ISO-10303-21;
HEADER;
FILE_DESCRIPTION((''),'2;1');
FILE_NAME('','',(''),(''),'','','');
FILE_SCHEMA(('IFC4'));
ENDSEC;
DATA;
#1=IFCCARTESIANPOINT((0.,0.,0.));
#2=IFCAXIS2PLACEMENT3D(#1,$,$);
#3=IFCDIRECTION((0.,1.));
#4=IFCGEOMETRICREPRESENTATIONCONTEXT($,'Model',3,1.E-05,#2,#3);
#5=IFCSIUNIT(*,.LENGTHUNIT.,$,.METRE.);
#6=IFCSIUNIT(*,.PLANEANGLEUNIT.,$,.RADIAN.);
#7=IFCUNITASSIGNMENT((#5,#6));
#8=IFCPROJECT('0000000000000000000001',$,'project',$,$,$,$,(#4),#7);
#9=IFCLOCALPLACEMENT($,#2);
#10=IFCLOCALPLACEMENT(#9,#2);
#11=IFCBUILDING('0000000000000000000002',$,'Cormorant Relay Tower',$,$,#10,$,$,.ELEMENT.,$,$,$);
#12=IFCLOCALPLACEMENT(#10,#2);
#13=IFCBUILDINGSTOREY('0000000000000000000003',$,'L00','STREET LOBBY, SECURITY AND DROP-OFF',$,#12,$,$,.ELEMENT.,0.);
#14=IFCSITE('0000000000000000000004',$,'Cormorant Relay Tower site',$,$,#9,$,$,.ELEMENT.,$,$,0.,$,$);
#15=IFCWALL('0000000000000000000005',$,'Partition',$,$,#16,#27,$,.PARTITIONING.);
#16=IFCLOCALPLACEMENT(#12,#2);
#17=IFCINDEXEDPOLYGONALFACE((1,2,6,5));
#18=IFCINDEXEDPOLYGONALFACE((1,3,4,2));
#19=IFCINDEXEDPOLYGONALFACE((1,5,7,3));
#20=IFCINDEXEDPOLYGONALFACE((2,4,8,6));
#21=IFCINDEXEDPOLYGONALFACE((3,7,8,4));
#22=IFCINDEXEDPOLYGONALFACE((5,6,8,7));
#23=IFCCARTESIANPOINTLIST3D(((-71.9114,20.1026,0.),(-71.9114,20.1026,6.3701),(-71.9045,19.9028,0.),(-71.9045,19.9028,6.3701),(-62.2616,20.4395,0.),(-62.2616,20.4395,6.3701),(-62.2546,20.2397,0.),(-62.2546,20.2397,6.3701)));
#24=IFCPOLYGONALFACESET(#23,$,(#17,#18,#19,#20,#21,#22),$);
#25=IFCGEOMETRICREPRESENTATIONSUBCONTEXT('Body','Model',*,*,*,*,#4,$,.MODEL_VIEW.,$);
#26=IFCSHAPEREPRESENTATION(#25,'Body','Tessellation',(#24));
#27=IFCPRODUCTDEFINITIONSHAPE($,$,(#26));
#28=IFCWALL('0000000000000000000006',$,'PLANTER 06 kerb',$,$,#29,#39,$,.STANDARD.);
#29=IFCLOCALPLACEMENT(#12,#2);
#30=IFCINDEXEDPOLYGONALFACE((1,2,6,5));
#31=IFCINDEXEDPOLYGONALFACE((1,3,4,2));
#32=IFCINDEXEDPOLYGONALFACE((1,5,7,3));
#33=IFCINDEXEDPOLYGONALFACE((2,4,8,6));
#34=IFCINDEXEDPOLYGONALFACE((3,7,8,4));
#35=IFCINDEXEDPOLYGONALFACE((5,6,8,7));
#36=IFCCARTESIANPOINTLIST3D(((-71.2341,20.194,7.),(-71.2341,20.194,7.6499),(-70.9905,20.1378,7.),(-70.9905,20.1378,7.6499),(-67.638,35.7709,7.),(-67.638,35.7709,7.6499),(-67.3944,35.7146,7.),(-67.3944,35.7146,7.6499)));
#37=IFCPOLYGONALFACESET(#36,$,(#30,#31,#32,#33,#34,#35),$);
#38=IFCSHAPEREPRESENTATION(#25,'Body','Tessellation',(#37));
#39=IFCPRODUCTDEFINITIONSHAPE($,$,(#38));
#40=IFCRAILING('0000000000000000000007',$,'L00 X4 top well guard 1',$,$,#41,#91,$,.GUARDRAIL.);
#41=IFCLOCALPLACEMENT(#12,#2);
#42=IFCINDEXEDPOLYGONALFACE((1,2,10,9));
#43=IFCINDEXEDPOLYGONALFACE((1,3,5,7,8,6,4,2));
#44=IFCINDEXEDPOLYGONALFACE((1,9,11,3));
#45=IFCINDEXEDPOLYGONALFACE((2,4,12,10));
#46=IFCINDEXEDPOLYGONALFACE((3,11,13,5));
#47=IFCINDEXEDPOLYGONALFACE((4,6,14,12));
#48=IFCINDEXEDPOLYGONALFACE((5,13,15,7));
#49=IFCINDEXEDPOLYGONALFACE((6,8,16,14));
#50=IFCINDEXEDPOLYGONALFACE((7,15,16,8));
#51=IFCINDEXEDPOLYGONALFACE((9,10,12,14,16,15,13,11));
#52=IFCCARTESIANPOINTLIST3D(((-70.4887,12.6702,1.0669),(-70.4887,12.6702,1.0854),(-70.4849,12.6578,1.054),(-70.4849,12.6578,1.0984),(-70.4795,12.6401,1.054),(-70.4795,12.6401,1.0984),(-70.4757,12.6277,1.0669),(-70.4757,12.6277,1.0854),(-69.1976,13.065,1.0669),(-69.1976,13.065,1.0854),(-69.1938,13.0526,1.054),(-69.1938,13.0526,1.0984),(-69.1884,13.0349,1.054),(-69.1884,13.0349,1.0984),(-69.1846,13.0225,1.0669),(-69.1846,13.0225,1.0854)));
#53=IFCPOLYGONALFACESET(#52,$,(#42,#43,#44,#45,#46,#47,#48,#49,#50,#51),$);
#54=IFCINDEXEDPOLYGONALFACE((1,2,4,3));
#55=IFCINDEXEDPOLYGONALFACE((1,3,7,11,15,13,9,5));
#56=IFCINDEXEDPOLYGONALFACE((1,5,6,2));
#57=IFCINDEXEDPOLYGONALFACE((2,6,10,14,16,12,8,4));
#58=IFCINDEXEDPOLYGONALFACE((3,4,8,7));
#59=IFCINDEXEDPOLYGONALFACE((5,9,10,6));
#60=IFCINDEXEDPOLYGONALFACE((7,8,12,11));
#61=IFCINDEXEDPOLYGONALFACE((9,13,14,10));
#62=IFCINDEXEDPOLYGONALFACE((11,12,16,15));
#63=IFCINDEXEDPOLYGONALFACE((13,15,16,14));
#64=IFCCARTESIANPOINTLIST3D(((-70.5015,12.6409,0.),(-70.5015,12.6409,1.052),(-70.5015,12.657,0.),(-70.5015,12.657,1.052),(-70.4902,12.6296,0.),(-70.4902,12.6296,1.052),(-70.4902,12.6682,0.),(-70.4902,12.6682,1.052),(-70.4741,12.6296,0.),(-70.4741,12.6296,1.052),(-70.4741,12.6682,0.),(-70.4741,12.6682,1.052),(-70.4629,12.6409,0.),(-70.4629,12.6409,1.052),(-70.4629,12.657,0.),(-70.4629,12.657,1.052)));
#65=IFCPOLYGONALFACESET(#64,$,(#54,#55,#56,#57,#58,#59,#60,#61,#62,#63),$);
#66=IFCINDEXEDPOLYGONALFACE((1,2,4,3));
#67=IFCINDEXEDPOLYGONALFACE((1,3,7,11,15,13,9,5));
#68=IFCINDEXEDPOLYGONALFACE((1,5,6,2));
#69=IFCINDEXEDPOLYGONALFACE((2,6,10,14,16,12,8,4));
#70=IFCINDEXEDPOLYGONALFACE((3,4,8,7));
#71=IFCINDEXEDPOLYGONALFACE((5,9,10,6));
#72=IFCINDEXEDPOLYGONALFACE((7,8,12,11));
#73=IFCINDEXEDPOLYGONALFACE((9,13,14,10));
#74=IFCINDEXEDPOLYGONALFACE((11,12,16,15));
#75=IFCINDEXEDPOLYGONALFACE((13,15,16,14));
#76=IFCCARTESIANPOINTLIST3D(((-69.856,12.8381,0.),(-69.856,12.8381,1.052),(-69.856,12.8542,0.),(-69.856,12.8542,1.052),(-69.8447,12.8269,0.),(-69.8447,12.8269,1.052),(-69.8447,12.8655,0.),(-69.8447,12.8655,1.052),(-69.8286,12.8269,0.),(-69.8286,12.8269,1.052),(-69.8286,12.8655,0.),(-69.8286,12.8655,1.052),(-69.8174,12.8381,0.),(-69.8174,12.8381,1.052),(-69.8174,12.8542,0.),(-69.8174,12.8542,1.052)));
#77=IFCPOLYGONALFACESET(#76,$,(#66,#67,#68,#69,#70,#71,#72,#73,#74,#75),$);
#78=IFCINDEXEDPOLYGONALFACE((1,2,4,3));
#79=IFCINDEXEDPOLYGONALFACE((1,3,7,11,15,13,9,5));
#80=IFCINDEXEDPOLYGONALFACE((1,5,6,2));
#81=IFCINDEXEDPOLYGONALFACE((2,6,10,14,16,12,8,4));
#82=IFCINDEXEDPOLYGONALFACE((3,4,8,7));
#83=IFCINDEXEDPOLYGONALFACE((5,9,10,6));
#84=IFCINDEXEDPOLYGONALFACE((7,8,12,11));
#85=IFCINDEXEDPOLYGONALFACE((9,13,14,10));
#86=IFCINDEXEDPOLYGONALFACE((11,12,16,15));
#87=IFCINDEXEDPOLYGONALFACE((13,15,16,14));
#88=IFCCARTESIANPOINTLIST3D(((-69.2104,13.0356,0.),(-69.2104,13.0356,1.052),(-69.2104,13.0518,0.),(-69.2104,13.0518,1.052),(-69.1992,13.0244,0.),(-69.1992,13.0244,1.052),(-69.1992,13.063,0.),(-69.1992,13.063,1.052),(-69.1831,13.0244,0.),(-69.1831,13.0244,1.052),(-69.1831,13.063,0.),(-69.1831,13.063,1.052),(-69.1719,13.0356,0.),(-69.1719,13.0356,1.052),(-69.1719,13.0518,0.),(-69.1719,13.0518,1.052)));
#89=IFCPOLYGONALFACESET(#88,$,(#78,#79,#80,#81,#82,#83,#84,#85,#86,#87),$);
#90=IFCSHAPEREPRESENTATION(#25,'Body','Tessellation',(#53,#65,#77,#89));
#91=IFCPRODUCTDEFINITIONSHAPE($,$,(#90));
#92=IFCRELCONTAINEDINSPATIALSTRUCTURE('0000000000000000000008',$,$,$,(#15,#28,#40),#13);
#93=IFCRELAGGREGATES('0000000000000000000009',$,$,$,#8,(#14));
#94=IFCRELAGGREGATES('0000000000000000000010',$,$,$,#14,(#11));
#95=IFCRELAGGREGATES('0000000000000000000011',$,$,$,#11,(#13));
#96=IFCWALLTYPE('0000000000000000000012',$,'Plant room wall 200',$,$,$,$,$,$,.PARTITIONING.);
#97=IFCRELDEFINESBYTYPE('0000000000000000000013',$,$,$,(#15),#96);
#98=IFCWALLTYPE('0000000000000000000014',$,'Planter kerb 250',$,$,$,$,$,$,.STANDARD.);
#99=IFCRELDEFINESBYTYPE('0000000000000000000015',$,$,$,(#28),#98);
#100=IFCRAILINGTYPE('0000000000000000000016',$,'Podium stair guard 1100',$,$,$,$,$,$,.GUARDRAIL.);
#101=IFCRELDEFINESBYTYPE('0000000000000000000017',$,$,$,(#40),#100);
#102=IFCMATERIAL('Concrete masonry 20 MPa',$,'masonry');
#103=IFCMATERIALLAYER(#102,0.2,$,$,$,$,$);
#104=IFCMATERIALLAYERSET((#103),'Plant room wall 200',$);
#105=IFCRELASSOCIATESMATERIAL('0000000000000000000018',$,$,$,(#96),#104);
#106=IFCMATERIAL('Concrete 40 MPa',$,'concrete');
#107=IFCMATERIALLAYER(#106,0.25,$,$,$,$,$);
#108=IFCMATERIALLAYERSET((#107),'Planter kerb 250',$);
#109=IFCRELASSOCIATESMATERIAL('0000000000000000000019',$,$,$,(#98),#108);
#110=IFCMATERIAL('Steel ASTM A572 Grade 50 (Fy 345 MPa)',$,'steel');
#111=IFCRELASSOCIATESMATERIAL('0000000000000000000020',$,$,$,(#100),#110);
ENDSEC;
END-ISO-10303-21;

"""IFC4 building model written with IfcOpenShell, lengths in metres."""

from ifc_helpers import new_model, si_unit, direction, frame, frame_2d, origin, place, context, subcontext, project, spatial, polyline, rectangle, outline, extrude, material, layer, layer_set, type_object, element, save


model = new_model("IFC4")

# Units and contexts
model_context = context("Model", 3, precision=1e-05, world=origin(), true_north=direction((0.0, 1.0)))
body_context = subcontext(model_context, "Body", "Model", "MODEL_VIEW")
ifc_project = project(units=[si_unit("LENGTHUNIT", "METRE"), si_unit("PLANEANGLEUNIT", "RADIAN")], contexts=[model_context])

# Site, building, storey
site_placement = place(None, origin())
site = spatial("IfcSite", under=ifc_project, at=site_placement, Name="Cormorant Relay Tower site", CompositionType="ELEMENT", RefElevation=0.0)
building_placement = place(site_placement, origin())
building = spatial("IfcBuilding", under=site, at=building_placement, Name="Cormorant Relay Tower", CompositionType="ELEMENT")
storey_placement = place(building_placement, origin())
storey = spatial("IfcBuildingStorey", under=building, at=storey_placement, Name="L00", Description="STREET LOBBY, SECURITY AND DROP-OFF", CompositionType="ELEMENT", Elevation=0.0)

# Walls
ifc_material_1 = material(Name="Concrete masonry 20 MPa", Category="masonry")
ifc_layer_1 = layer(ifc_material_1, 0.2)
ifc_layer_set_1 = layer_set([ifc_layer_1], Name="Plant room wall 200")
wall_type_1 = type_object("IfcWallType", Name="Plant room wall 200", PredefinedType="PARTITIONING", material=ifc_layer_set_1)
wall_1_placement = place(storey_placement, frame((-71.908, 20.0027, 0.0), z_axis=(0.0, 0.0, 1.0), x_axis=(0.999391, 0.034892, 0.0)))
element("IfcWall", 1, at=wall_1_placement, inside=storey, type_object=wall_type_1, Name="Partition", PredefinedType="PARTITIONING", context=body_context, shape_type="SweptSolid", body=[
    extrude(rectangle(XDim=9.6558, YDim=0.2, at=frame_2d((4.8279, 0.0))), origin(), (0.0, 0.0, 1.0), 6.3701),
])
ifc_material_2 = material(Name="Concrete 40 MPa", Category="concrete")
ifc_layer_2 = layer(ifc_material_2, 0.25)
ifc_layer_set_2 = layer_set([ifc_layer_2], Name="Planter kerb 250")
wall_type_2 = type_object("IfcWallType", Name="Planter kerb 250", PredefinedType="STANDARD", material=ifc_layer_set_2)
wall_2_placement = place(storey_placement, frame((-71.1123, 20.166, 7.0), z_axis=(0.0, 0.0, 1.0), x_axis=(0.22495, 0.97437, 0.0)))
element("IfcWall", 2, at=wall_2_placement, inside=storey, type_object=wall_type_2, Name="PLANTER 06 kerb", PredefinedType="STANDARD", context=body_context, shape_type="SweptSolid", body=[
    extrude(rectangle(XDim=15.9866, YDim=0.25, at=frame_2d((7.9932, 0.0))), origin(), (0.0, 0.0, 1.0), 0.6499),
])

# Railing
ifc_material_3 = material(Name="Steel ASTM A572 Grade 50 (Fy 345 MPa)", Category="steel")
railing_type = type_object("IfcRailingType", Name="Podium stair guard 1100", PredefinedType="GUARDRAIL", material=ifc_material_3)
railing_placement = place(storey_placement, frame((-70.4822, 12.6489, 0.0)))
element("IfcRailing", 3, at=railing_placement, inside=storey, type_object=railing_type, Name="L00 X4 top well guard 1", PredefinedType="GUARDRAIL", context=body_context, shape_type="SweptSolid", body=[
    extrude(outline(polyline([(0.0222, 0.0093), (0.0093, 0.0222), (-0.0093, 0.0222), (-0.0222, 0.0093), (-0.0222, -0.0093), (-0.0093, -0.0222), (0.0093, -0.0222), (0.0222, -0.0093), (0.0222, 0.0093)])), frame((0.0, 0.0, 1.0762), z_axis=(0.95629, 0.292421, 0.0), x_axis=(-0.292421, 0.95629, 0.0)), (0.0, 0.0, 1.0), 1.3501),
    extrude(outline(polyline([(0.0193, 0.0081), (0.0081, 0.0193), (-0.0081, 0.0193), (-0.0193, 0.0081), (-0.0193, -0.0081), (-0.0081, -0.0193), (0.0081, -0.0193), (0.0193, -0.0081), (0.0193, 0.0081)])), origin(), (0.0, 0.0, 1.0), 1.052),
    extrude(outline(polyline([(0.0193, 0.0081), (0.0081, 0.0193), (-0.0081, 0.0193), (-0.0193, 0.0081), (-0.0193, -0.0081), (-0.0081, -0.0193), (0.0081, -0.0193), (0.0193, -0.0081), (0.0193, 0.0081)])), frame((0.6455, 0.1973, 0.0)), (0.0, 0.0, 1.0), 1.052),
    extrude(outline(polyline([(0.0193, 0.0081), (0.0081, 0.0193), (-0.0081, 0.0193), (-0.0193, 0.0081), (-0.0193, -0.0081), (-0.0081, -0.0193), (0.0081, -0.0193), (0.0193, -0.0081), (0.0193, 0.0081)])), frame((1.291, 0.3948, 0.0)), (0.0, 0.0, 1.0), 1.052),
])

save(model, "model.ifc")
